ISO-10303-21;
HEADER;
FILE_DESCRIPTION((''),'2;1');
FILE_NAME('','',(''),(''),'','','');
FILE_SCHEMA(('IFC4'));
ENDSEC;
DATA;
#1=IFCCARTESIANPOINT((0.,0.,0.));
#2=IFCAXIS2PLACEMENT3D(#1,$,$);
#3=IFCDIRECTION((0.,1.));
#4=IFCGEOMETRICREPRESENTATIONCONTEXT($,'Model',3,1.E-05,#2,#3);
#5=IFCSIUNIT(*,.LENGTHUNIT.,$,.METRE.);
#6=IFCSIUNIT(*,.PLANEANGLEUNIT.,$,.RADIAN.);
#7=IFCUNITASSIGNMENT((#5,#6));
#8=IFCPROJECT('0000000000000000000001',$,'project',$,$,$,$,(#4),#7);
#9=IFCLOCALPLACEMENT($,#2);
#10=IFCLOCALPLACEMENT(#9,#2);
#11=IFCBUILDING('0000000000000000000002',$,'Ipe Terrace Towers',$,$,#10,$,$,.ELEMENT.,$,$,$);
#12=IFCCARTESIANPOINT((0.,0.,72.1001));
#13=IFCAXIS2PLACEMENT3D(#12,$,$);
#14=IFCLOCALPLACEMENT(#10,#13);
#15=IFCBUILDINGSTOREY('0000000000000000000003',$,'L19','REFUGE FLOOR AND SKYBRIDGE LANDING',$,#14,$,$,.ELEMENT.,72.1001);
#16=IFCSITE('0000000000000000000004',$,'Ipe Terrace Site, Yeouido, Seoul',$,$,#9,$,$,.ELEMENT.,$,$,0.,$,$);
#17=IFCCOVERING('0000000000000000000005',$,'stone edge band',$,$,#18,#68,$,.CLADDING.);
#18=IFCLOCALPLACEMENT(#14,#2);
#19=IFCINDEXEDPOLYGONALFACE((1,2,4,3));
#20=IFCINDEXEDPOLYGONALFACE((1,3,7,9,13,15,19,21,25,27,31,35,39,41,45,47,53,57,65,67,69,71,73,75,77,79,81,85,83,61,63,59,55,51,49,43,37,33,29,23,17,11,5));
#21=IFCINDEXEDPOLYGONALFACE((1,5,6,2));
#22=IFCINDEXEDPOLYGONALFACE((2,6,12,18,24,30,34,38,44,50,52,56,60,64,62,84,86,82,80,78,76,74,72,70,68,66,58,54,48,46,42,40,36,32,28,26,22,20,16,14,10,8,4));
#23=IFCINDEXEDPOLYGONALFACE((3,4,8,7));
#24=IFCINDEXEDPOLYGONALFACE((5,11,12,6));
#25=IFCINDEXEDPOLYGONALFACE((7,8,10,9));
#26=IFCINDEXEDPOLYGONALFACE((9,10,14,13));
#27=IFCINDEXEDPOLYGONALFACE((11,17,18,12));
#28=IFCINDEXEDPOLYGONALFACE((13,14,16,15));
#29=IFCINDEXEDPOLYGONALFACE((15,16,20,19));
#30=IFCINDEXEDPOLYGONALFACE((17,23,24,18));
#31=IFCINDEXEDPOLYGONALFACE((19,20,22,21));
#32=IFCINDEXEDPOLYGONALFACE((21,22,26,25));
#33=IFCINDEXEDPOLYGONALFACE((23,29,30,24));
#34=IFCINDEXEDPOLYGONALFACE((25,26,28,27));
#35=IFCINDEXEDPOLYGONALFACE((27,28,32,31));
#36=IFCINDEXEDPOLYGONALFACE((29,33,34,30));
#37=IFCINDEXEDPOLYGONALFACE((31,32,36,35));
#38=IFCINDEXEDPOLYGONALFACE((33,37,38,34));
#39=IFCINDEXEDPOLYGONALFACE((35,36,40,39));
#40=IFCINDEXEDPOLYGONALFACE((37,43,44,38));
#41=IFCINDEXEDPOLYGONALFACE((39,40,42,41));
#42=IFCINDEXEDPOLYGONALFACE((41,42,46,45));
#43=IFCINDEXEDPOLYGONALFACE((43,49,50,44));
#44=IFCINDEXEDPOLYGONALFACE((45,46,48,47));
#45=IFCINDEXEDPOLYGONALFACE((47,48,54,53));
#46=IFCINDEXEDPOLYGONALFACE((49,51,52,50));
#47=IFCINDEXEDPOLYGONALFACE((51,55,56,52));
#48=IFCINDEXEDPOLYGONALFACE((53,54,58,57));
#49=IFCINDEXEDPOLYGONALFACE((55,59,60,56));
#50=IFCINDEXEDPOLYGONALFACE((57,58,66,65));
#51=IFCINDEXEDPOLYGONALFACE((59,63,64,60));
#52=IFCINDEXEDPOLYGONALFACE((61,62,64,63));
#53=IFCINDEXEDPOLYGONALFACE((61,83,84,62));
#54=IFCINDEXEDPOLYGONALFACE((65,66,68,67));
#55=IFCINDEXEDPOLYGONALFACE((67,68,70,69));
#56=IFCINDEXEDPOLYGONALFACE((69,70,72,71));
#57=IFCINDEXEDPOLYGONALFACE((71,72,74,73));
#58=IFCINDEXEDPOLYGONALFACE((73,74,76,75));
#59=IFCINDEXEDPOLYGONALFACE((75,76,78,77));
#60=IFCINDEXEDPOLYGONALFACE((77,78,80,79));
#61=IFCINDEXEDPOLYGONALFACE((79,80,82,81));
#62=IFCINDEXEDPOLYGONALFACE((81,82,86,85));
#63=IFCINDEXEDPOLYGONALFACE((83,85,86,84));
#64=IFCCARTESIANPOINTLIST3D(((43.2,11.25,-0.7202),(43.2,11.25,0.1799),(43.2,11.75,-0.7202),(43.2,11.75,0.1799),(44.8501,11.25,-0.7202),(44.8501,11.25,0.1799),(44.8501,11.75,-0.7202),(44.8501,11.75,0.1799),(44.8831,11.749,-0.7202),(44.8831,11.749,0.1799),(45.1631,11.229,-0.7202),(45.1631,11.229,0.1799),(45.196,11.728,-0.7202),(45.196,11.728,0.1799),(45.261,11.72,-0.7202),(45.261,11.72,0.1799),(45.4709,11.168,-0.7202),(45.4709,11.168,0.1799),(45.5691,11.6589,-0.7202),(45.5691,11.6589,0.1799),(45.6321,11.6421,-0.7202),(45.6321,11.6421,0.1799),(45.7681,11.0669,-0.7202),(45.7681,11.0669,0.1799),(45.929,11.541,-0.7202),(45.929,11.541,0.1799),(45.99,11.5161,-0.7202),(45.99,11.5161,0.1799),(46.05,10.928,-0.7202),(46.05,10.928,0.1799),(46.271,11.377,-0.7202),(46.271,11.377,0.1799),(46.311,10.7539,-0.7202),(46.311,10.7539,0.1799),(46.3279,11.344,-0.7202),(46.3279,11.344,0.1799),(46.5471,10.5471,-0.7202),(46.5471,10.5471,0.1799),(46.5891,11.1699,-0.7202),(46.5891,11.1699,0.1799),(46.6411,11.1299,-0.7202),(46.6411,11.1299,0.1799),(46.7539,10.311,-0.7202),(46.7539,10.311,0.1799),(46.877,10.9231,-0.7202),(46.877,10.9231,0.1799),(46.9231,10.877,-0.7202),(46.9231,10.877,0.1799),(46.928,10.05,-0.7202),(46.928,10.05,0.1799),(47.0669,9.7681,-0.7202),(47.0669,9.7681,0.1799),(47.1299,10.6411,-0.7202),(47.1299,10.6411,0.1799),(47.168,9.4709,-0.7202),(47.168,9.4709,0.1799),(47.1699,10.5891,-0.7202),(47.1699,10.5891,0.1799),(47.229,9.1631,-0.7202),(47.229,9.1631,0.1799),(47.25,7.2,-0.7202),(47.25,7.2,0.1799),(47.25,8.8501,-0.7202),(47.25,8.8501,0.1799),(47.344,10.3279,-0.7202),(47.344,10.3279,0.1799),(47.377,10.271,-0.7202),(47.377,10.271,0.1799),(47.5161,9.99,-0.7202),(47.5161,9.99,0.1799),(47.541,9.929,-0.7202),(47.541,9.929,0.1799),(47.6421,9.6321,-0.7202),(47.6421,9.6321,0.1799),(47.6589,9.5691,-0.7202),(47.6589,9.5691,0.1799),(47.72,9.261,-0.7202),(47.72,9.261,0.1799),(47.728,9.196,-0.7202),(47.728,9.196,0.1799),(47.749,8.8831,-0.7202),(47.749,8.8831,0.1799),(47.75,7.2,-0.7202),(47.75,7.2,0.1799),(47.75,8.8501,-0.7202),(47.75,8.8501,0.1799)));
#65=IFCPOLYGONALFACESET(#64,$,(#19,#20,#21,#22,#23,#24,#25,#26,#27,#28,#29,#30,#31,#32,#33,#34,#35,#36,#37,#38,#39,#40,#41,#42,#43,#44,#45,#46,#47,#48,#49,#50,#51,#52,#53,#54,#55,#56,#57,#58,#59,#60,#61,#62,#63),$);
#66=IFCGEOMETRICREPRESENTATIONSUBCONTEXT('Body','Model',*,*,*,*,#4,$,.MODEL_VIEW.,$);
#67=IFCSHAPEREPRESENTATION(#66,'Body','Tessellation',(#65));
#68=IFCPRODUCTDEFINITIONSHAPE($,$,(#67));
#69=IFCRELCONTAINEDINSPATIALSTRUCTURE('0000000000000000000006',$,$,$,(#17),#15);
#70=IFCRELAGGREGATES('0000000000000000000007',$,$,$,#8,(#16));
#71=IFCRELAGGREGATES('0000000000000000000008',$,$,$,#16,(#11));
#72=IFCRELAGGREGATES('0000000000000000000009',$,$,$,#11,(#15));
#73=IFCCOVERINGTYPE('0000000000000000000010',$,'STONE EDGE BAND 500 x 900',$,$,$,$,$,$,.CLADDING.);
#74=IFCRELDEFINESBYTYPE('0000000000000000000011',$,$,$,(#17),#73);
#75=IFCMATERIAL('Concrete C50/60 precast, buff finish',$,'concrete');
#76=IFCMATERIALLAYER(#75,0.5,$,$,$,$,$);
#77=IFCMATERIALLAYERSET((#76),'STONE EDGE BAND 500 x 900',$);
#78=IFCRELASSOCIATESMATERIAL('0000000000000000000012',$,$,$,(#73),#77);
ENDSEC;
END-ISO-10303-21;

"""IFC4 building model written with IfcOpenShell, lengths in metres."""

from ifc_helpers import new_model, si_unit, direction, frame, origin, place, context, subcontext, project, spatial, polyline, outline, extrude, material, layer, layer_set, type_object, element, save


model = new_model("IFC4")

# Units and contexts
model_context = context("Model", 3, precision=1e-05, world=origin(), true_north=direction((0.0, 1.0)))
body_context = subcontext(model_context, "Body", "Model", "MODEL_VIEW")
ifc_project = project(units=[si_unit("LENGTHUNIT", "METRE"), si_unit("PLANEANGLEUNIT", "RADIAN")], contexts=[model_context])

# Site, building, storey
site_placement = place(None, origin())
site = spatial("IfcSite", under=ifc_project, at=site_placement, Name="Ipe Terrace Site, Yeouido, Seoul", CompositionType="ELEMENT", RefElevation=0.0)
building_placement = place(site_placement, origin())
building = spatial("IfcBuilding", under=site, at=building_placement, Name="Ipe Terrace Towers", CompositionType="ELEMENT")
storey_placement = place(building_placement, frame((0.0, 0.0, 72.1001)))
storey = spatial("IfcBuildingStorey", under=building, at=storey_placement, Name="L19", Description="REFUGE FLOOR AND SKYBRIDGE LANDING", CompositionType="ELEMENT", Elevation=72.1001)

# Covering
ifc_material_1 = material(Name="Concrete C50/60 precast, buff finish", Category="concrete")
ifc_layer_1 = layer(ifc_material_1, 0.5)
ifc_layer_set_1 = layer_set([ifc_layer_1], Name="STONE EDGE BAND 500 x 900")
covering_type_1 = type_object("IfcCoveringType", Name="STONE EDGE BAND 500 x 900", PredefinedType="CLADDING", material=ifc_layer_set_1)
covering_1_placement = place(storey_placement, frame((0.0, 0.0, -0.7202)))
element("IfcCovering", 1, at=covering_1_placement, inside=storey, type_object=covering_type_1, Name="stone edge band", PredefinedType="CLADDING", context=body_context, shape_type="SweptSolid", body=[
    extrude(outline(polyline([(47.75, 8.8501), (47.749, 8.8831), (47.728, 9.196), (47.72, 9.261), (47.6589, 9.5691), (47.6421, 9.6321), (47.541, 9.929), (47.5161, 9.99), (47.377, 10.271), (47.344, 10.3279), (47.1699, 10.5891), (47.1299, 10.6411), (46.9231, 10.877), (46.877, 10.9231), (46.6411, 11.1299), (46.5891, 11.1699), (46.3279, 11.344), (46.271, 11.377), (45.99, 11.5161), (45.929, 11.541), (45.6321, 11.6421), (45.5691, 11.6589), (45.261, 11.72), (45.196, 11.728), (44.8831, 11.749), (44.8501, 11.75), (43.2, 11.75), (43.2, 11.25), (44.8501, 11.25), (45.1631, 11.229), (45.4709, 11.168), (45.7681, 11.0669), (46.05, 10.928), (46.311, 10.7539), (46.5471, 10.5471), (46.7539, 10.311), (46.928, 10.05), (47.0669, 9.7681), (47.168, 9.4709), (47.229, 9.1631), (47.25, 8.8501), (47.25, 7.2), (47.75, 7.2), (47.75, 8.8501)])), origin(), (0.0, 0.0, 1.0), 0.9001),
])

save(model, "model.ifc")
